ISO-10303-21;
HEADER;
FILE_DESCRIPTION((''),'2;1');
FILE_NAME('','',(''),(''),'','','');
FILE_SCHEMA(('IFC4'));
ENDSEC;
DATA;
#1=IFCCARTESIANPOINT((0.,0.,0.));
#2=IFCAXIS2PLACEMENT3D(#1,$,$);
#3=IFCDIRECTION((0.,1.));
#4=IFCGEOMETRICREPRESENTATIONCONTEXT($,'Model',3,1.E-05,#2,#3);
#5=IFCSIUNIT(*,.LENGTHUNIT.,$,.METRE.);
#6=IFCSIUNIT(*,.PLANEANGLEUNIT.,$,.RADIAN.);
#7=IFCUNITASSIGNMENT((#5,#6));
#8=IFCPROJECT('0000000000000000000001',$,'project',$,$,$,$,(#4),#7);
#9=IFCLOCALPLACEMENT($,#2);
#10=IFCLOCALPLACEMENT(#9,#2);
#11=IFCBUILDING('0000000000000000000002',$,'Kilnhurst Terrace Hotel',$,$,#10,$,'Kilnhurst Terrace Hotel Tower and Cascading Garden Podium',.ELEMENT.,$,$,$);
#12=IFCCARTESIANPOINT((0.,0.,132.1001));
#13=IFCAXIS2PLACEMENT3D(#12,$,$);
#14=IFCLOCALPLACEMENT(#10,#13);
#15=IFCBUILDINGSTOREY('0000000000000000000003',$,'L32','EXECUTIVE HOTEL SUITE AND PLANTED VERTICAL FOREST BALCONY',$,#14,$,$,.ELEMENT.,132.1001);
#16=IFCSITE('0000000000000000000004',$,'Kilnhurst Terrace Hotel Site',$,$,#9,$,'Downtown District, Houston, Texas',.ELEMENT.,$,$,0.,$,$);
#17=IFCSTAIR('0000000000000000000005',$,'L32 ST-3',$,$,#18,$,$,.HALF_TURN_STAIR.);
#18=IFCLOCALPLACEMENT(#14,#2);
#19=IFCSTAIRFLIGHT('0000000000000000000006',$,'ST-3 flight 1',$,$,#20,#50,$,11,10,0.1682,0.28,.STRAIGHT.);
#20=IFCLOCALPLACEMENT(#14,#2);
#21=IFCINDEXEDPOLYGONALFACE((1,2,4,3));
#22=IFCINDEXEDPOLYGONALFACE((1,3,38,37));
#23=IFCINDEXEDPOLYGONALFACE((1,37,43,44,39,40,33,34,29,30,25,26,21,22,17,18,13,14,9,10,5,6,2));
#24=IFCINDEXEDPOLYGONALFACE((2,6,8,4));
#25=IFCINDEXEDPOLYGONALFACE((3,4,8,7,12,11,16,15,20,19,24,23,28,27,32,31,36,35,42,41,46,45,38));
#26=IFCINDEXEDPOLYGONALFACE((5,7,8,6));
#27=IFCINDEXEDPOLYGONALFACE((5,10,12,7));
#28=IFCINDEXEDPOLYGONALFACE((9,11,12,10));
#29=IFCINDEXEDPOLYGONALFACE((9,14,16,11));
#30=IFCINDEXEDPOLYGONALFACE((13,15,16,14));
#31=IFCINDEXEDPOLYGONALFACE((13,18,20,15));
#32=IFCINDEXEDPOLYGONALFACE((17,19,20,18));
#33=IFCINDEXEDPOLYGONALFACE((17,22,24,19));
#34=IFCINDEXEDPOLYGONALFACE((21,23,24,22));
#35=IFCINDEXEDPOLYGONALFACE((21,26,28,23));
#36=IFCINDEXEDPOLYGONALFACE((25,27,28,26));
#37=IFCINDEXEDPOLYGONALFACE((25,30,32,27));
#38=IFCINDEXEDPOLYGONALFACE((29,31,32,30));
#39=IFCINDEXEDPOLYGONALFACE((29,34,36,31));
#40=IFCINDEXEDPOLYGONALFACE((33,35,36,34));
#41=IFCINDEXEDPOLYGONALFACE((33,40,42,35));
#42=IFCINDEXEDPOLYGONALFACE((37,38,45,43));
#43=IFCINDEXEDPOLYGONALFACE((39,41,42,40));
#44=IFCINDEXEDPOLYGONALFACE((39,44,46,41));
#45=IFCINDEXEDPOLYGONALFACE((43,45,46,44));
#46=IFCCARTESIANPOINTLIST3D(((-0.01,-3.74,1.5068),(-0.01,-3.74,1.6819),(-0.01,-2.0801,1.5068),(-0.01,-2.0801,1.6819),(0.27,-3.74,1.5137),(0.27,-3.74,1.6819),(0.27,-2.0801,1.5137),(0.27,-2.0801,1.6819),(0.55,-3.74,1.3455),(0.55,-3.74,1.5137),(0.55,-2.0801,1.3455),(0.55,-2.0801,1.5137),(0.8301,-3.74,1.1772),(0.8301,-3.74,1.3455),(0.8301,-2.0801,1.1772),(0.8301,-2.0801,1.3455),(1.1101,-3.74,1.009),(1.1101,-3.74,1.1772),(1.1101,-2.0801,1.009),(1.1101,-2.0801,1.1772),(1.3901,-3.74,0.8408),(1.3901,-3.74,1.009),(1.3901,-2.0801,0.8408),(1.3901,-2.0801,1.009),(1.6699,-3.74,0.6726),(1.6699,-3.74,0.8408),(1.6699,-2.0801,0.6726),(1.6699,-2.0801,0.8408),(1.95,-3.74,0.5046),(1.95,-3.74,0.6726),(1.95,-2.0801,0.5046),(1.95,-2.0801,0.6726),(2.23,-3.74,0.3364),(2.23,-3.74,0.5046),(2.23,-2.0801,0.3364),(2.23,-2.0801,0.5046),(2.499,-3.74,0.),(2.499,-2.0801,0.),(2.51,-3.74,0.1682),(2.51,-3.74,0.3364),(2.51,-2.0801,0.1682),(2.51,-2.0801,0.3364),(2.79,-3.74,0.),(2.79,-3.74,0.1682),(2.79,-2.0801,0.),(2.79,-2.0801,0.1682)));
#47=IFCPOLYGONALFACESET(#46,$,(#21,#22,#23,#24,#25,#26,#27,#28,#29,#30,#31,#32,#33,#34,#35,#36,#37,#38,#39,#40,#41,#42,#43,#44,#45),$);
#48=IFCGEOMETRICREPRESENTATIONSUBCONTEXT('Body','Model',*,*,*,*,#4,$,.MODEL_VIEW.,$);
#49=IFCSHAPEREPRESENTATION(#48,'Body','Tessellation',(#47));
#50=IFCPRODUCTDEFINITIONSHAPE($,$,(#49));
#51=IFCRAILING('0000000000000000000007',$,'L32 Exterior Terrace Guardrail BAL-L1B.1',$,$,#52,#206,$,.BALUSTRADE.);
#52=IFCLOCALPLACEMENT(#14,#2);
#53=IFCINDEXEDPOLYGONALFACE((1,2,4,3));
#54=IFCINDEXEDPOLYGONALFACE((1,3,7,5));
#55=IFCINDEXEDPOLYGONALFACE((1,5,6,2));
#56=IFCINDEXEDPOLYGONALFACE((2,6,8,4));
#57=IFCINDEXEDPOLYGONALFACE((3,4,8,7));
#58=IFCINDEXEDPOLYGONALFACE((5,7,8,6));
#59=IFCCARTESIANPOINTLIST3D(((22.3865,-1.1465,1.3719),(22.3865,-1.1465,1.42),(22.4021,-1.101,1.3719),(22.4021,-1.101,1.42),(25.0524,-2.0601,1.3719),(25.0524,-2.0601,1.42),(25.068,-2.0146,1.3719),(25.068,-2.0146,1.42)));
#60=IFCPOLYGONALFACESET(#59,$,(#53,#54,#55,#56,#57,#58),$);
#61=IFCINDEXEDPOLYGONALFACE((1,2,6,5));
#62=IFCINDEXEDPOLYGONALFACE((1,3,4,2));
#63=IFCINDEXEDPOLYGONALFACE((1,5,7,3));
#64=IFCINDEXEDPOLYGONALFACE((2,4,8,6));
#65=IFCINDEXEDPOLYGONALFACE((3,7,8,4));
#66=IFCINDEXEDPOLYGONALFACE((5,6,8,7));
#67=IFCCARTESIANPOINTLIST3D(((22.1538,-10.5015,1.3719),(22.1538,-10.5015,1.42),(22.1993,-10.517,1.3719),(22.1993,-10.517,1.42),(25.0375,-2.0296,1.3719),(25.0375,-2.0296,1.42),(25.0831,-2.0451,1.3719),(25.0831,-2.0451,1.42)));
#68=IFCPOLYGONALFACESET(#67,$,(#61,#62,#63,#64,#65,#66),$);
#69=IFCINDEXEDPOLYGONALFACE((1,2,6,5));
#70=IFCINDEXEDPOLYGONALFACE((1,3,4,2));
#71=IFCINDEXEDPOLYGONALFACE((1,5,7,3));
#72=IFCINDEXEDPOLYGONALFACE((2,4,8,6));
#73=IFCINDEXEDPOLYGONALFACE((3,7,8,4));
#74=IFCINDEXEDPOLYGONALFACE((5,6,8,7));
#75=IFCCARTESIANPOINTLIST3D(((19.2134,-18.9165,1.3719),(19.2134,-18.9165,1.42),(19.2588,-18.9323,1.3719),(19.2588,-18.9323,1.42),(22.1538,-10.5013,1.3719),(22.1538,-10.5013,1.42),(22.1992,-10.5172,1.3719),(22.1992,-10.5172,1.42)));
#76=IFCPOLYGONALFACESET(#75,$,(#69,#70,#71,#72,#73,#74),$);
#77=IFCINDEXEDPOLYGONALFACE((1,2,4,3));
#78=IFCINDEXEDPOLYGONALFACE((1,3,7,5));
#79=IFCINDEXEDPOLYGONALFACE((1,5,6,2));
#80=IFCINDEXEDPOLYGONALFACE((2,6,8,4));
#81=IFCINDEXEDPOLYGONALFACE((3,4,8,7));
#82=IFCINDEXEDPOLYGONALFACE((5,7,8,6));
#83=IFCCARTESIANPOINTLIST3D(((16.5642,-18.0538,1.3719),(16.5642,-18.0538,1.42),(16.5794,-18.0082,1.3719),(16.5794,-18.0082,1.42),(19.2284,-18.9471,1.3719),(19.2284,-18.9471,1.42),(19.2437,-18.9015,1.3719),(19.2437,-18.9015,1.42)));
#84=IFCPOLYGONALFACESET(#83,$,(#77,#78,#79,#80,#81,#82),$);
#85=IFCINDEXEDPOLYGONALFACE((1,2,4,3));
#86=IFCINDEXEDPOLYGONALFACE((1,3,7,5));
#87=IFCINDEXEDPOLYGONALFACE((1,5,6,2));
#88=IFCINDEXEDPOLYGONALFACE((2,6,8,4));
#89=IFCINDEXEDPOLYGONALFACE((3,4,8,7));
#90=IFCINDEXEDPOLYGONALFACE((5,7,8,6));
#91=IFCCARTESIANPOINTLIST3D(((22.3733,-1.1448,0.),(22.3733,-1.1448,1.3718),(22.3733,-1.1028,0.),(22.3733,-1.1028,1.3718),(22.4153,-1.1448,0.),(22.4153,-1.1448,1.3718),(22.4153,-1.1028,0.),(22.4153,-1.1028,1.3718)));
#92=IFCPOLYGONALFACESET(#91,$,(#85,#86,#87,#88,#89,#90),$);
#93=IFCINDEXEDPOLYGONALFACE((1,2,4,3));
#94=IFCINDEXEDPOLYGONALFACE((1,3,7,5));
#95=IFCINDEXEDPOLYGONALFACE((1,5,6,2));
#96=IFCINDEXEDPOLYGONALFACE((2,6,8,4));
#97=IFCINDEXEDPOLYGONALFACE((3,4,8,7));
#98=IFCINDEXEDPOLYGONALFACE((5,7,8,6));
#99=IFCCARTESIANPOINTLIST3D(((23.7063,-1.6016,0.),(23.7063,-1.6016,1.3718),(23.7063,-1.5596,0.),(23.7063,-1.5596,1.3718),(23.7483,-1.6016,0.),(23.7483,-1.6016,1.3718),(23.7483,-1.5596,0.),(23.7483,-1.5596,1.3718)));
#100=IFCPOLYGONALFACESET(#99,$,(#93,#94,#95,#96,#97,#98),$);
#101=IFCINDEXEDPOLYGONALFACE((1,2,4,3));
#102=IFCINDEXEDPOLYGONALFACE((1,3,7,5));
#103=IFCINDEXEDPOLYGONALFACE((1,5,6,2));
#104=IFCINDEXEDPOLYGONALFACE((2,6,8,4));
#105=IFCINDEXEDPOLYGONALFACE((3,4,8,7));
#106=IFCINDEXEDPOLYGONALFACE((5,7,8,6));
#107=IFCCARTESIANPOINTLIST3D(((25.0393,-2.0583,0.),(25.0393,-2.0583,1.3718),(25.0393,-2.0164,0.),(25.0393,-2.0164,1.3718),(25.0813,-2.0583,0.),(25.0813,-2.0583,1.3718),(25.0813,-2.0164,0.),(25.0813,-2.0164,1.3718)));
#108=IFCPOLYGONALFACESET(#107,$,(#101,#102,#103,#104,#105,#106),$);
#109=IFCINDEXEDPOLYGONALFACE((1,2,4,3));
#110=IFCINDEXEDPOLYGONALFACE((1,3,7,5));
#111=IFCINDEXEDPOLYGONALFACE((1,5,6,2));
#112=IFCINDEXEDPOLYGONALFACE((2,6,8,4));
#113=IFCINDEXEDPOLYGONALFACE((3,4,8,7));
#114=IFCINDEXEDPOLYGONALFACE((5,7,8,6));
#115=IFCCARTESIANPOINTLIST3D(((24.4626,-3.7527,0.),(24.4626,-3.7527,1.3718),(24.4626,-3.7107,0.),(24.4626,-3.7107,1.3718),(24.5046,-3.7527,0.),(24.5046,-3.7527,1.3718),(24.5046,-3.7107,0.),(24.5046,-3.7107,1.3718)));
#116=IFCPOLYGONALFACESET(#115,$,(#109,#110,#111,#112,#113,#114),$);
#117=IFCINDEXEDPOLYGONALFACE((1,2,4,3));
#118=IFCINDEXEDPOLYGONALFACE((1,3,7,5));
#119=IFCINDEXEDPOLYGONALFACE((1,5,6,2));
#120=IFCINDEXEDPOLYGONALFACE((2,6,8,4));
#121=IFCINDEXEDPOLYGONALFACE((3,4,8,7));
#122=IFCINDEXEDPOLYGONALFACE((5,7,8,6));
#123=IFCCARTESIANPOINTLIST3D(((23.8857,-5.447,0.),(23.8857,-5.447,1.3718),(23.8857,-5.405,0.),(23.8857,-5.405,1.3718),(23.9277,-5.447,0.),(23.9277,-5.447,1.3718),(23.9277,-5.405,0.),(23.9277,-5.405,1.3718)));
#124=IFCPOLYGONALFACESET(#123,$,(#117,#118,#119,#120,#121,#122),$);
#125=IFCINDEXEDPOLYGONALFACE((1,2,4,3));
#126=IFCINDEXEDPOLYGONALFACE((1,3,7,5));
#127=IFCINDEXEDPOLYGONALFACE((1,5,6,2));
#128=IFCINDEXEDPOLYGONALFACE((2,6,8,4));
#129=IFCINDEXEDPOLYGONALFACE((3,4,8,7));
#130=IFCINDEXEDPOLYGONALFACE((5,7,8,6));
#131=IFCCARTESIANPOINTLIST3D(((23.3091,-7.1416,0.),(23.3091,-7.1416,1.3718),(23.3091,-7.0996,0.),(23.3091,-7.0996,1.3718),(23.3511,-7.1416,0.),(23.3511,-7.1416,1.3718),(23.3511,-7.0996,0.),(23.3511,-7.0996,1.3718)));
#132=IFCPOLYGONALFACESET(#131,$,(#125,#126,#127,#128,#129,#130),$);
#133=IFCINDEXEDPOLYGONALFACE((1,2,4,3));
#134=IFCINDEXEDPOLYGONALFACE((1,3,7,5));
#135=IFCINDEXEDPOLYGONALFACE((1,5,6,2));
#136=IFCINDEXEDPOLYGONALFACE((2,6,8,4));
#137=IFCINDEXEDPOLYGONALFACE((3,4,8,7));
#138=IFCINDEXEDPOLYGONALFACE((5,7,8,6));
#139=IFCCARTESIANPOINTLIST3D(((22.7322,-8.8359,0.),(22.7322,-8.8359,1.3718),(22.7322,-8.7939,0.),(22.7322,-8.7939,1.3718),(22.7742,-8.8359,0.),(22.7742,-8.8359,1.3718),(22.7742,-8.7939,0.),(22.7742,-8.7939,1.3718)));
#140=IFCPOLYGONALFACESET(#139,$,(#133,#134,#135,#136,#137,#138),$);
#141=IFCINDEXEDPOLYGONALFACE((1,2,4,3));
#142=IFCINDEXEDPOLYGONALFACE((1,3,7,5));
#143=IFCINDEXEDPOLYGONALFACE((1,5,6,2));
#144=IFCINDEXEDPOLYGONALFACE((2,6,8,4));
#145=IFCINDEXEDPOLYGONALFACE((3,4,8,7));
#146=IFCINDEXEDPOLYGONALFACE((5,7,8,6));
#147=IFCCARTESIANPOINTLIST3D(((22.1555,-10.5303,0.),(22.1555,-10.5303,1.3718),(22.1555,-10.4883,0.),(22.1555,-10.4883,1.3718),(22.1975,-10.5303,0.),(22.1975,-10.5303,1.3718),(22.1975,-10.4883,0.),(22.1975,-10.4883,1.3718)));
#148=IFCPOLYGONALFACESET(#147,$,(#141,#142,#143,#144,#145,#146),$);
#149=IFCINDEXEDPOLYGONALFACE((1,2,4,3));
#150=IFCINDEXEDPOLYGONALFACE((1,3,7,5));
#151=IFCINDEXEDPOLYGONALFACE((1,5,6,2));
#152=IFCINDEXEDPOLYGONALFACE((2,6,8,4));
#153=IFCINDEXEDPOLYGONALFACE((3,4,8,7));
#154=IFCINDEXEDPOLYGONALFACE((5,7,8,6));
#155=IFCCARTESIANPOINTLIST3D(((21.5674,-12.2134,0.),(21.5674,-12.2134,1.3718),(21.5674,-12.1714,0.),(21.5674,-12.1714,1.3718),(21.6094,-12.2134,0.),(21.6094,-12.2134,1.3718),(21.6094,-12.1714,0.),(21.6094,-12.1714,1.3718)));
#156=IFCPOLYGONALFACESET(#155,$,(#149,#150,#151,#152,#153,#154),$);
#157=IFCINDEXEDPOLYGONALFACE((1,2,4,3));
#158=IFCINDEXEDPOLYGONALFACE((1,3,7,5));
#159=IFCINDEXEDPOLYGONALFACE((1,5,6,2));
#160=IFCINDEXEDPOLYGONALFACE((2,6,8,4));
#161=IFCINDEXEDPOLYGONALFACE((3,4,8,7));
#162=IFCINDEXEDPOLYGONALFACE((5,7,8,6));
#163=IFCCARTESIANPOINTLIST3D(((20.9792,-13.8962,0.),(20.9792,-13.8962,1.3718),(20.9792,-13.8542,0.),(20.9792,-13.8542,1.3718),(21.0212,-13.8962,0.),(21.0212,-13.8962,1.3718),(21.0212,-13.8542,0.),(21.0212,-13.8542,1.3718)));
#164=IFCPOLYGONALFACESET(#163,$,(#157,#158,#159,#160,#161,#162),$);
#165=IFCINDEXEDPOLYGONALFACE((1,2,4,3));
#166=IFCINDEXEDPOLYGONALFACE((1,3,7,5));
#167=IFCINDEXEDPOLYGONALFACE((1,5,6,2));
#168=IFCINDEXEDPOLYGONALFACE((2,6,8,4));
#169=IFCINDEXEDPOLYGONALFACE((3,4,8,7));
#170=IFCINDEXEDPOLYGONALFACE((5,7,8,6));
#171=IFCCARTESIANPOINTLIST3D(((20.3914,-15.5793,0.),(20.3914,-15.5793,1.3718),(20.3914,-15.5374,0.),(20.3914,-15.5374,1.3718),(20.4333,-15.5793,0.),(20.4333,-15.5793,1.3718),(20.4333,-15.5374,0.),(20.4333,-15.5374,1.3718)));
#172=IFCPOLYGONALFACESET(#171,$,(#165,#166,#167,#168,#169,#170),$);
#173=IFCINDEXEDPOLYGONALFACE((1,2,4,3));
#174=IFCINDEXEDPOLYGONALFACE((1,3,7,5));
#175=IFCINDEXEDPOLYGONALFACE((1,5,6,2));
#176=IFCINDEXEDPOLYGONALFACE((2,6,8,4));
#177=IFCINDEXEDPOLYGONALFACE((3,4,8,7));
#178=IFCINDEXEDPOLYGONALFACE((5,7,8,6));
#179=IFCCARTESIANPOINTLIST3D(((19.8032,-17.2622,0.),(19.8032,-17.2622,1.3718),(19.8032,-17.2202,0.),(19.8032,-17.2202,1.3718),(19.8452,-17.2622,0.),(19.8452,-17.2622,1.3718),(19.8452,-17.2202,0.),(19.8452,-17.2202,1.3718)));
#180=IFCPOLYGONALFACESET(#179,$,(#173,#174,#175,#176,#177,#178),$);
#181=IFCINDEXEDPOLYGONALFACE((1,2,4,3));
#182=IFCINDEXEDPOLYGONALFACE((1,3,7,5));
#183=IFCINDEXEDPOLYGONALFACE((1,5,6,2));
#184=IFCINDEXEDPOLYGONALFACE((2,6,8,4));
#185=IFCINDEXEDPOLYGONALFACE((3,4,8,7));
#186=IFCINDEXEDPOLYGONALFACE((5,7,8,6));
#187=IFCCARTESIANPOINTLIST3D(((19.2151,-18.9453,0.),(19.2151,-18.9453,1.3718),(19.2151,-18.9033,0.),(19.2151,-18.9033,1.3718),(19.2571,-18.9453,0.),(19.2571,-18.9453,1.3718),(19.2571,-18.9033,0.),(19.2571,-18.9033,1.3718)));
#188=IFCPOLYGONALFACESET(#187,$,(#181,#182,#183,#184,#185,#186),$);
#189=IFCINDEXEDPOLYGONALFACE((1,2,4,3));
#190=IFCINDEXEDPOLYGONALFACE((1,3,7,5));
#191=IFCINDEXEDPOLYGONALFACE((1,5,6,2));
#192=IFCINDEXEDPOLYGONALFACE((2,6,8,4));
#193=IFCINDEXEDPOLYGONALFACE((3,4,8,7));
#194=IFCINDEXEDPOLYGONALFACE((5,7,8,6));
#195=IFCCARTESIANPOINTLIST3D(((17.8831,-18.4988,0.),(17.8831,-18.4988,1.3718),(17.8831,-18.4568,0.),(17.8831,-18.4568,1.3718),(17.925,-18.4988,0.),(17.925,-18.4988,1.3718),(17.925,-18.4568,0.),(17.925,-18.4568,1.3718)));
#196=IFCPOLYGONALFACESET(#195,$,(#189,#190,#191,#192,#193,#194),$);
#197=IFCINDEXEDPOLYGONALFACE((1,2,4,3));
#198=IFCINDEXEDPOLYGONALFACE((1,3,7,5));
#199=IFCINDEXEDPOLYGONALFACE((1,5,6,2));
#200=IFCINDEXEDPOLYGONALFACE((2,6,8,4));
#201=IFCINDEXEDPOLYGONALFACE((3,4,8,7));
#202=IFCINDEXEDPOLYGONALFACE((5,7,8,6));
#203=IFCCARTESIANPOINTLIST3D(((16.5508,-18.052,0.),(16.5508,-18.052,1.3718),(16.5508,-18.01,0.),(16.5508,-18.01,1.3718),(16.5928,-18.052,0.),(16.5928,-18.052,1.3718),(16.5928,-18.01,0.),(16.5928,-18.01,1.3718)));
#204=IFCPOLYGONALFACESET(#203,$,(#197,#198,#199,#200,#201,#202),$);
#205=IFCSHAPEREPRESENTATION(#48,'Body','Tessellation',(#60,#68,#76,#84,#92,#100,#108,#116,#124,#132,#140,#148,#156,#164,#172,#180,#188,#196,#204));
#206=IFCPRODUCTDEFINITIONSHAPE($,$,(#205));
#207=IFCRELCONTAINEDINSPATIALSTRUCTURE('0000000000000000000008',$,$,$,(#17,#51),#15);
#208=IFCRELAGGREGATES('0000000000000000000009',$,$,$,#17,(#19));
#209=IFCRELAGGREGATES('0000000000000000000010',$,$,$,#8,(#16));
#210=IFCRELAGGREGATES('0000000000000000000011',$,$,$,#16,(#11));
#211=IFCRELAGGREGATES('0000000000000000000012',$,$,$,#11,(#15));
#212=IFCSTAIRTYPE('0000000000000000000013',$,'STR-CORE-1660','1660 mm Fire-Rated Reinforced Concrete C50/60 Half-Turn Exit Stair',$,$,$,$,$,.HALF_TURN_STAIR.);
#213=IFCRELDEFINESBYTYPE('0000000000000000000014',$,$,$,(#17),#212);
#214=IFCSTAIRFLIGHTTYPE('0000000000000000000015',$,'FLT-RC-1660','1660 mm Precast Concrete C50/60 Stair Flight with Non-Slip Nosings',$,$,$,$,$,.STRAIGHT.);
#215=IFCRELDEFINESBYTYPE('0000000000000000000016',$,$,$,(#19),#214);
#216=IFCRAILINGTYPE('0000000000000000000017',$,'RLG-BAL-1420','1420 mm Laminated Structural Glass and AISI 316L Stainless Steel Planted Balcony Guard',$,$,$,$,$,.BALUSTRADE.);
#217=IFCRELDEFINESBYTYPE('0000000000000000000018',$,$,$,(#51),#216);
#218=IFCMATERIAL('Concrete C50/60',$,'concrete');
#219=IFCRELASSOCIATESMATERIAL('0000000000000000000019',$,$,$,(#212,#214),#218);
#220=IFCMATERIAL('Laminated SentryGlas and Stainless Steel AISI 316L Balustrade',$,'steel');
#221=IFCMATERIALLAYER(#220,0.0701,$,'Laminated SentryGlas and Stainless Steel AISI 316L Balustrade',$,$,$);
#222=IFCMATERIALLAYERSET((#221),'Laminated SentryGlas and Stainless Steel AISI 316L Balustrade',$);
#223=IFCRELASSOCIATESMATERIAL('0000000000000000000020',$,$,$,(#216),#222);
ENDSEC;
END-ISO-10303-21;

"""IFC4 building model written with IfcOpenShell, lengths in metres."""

from ifc_helpers import new_model, si_unit, direction, frame, origin, origin_2d, place, context, subcontext, project, spatial, polyline, rectangle, outline, extrude, material, layer, layer_set, type_object, element, aggregate, save


model = new_model("IFC4")

# Units and contexts
model_context = context("Model", 3, precision=1e-05, world=origin(), true_north=direction((0.0, 1.0)))
body_context = subcontext(model_context, "Body", "Model", "MODEL_VIEW")
ifc_project = project(units=[si_unit("LENGTHUNIT", "METRE"), si_unit("PLANEANGLEUNIT", "RADIAN")], contexts=[model_context])

# Site, building, storey
site_placement = place(None, origin())
site = spatial("IfcSite", under=ifc_project, at=site_placement, Name="Kilnhurst Terrace Hotel Site", LongName="Downtown District, Houston, Texas", CompositionType="ELEMENT", RefElevation=0.0)
building_placement = place(site_placement, origin())
building = spatial("IfcBuilding", under=site, at=building_placement, Name="Kilnhurst Terrace Hotel", LongName="Kilnhurst Terrace Hotel Tower and Cascading Garden Podium", CompositionType="ELEMENT")
storey_placement = place(building_placement, frame((0.0, 0.0, 132.1001)))
storey = spatial("IfcBuildingStorey", under=building, at=storey_placement, Name="L32", Description="EXECUTIVE HOTEL SUITE AND PLANTED VERTICAL FOREST BALCONY", CompositionType="ELEMENT", Elevation=132.1001)

# Shared definitions
ifc_material_1 = material(Name="Concrete C50/60", Category="concrete")

# Stair, stair flight
stair_type = type_object("IfcStairType", Name="STR-CORE-1660", Description="1660 mm Fire-Rated Reinforced Concrete C50/60 Half-Turn Exit Stair", PredefinedType="HALF_TURN_STAIR", material=ifc_material_1)
stair_flight_type = type_object("IfcStairFlightType", Name="FLT-RC-1660", Description="1660 mm Precast Concrete C50/60 Stair Flight with Non-Slip Nosings", PredefinedType="STRAIGHT", material=ifc_material_1)
stair_1_placement = place(storey_placement, origin())
stair_1 = element("IfcStair", 1, at=stair_1_placement, inside=storey, type_object=stair_type, Name="L32 ST-3", PredefinedType="HALF_TURN_STAIR")
stair_flight_1_placement = place(storey_placement, frame((2.79, -2.9099, 0.0), z_axis=(0.0, 0.0, 1.0), x_axis=(-1.0, 0.0, 0.0)))
stair_flight_1 = element("IfcStairFlight", 2, at=stair_flight_1_placement, type_object=stair_flight_type, Name="ST-3 flight 1", NumberOfRisers=11, NumberOfTreads=10, PredefinedType="STRAIGHT", RiserHeight=0.1682, TreadLength=0.28, context=body_context, shape_type="SweptSolid", body=[
    extrude(outline(polyline([(0.0, 0.0), (0.0, 0.1682), (0.28, 0.1682), (0.28, 0.3364), (0.5601, 0.3364), (0.5601, 0.5046), (0.8401, 0.5046), (0.8401, 0.6726), (1.1201, 0.6726), (1.1201, 0.8408), (1.3999, 0.8408), (1.3999, 1.009), (1.6799, 1.009), (1.6799, 1.1772), (1.96, 1.1772), (1.96, 1.3455), (2.24, 1.3455), (2.24, 1.5137), (2.52, 1.5137), (2.52, 1.6819), (2.8, 1.6819), (2.8, 1.8501), (2.8, 1.5068), (0.291, 0.0), (0.0, 0.0)])), frame((0.0, 0.8301, 0.0), z_axis=(0.0, -1.0, 0.0), x_axis=(1.0, 0.0, 0.0)), (0.0, 0.0, 1.0), 1.6599),
])
aggregate(stair_1, [stair_flight_1])

# Railing
ifc_material_2 = material(Name="Laminated SentryGlas and Stainless Steel AISI 316L Balustrade", Category="steel")
ifc_layer_1 = layer(ifc_material_2, 0.0701, Name="Laminated SentryGlas and Stainless Steel AISI 316L Balustrade")
ifc_layer_set_1 = layer_set([ifc_layer_1], Name="Laminated SentryGlas and Stainless Steel AISI 316L Balustrade")
railing_type_1 = type_object("IfcRailingType", Name="RLG-BAL-1420", Description="1420 mm Laminated Structural Glass and AISI 316L Stainless Steel Planted Balcony Guard", PredefinedType="BALUSTRADE", material=ifc_layer_set_1)
railing_1_placement = place(storey_placement, frame((22.3943, -1.1238, 0.0)))
element("IfcRailing", 3, at=railing_1_placement, inside=storey, type_object=railing_type_1, Name="L32 Exterior Terrace Guardrail BAL-L1B.1", PredefinedType="BALUSTRADE", context=body_context, shape_type="SweptSolid", body=[
    extrude(rectangle(XDim=0.0481, YDim=0.0481, at=origin_2d()), frame((0.0, 0.0, 1.396), z_axis=(0.945999, -0.324169, 0.0), x_axis=(0.324169, 0.945999, 0.0)), (0.0, 0.0, 1.0), 2.8181),
    extrude(rectangle(XDim=0.0481, YDim=0.0481, at=origin_2d()), frame((2.666, -0.9136, 1.396), z_axis=(-0.322237, -0.946659, 0.0), x_axis=(0.946659, -0.322237, 0.0)), (0.0, 0.0, 1.0), 8.9492),
    extrude(rectangle(XDim=0.0481, YDim=0.0481, at=origin_2d()), frame((-0.2178, -9.3855, 1.396), z_axis=(-0.329867, -0.944027, 0.0), x_axis=(0.944027, -0.329867, 0.0)), (0.0, 0.0, 1.0), 8.9141),
    extrude(rectangle(XDim=0.0481, YDim=0.0481, at=origin_2d()), frame((-3.1582, -17.8005, 1.396), z_axis=(-0.948126, 0.317895, 0.0), x_axis=(-0.317895, -0.948126, 0.0)), (0.0, 0.0, 1.0), 2.8101),
    extrude(rectangle(XDim=0.042, YDim=0.042, at=origin_2d()), origin(), (0.0, 0.0, 1.0), 1.3718),
    extrude(rectangle(XDim=0.042, YDim=0.042, at=origin_2d()), frame((1.333, -0.4568, 0.0)), (0.0, 0.0, 1.0), 1.3718),
    extrude(rectangle(XDim=0.042, YDim=0.042, at=origin_2d()), frame((2.666, -0.9136, 0.0)), (0.0, 0.0, 1.0), 1.3718),
    extrude(rectangle(XDim=0.042, YDim=0.042, at=origin_2d()), frame((2.0894, -2.6079, 0.0)), (0.0, 0.0, 1.0), 1.3718),
    extrude(rectangle(XDim=0.042, YDim=0.042, at=origin_2d()), frame((1.5125, -4.3022, 0.0)), (0.0, 0.0, 1.0), 1.3718),
    extrude(rectangle(XDim=0.042, YDim=0.042, at=origin_2d()), frame((0.9358, -5.9968, 0.0)), (0.0, 0.0, 1.0), 1.3718),
    extrude(rectangle(XDim=0.042, YDim=0.042, at=origin_2d()), frame((0.3589, -7.6912, 0.0)), (0.0, 0.0, 1.0), 1.3718),
    extrude(rectangle(XDim=0.042, YDim=0.042, at=origin_2d()), frame((-0.2178, -9.3855, 0.0)), (0.0, 0.0, 1.0), 1.3718),
    extrude(rectangle(XDim=0.042, YDim=0.042, at=origin_2d()), frame((-0.8059, -11.0686, 0.0)), (0.0, 0.0, 1.0), 1.3718),
    extrude(rectangle(XDim=0.042, YDim=0.042, at=origin_2d()), frame((-1.394, -12.7515, 0.0)), (0.0, 0.0, 1.0), 1.3718),
    extrude(rectangle(XDim=0.042, YDim=0.042, at=origin_2d()), frame((-1.9819, -14.4346, 0.0)), (0.0, 0.0, 1.0), 1.3718),
    extrude(rectangle(XDim=0.042, YDim=0.042, at=origin_2d()), frame((-2.5701, -16.1174, 0.0)), (0.0, 0.0, 1.0), 1.3718),
    extrude(rectangle(XDim=0.042, YDim=0.042, at=origin_2d()), frame((-3.1582, -17.8005, 0.0)), (0.0, 0.0, 1.0), 1.3718),
    extrude(rectangle(XDim=0.042, YDim=0.042, at=origin_2d()), frame((-4.4902, -17.354, 0.0)), (0.0, 0.0, 1.0), 1.3718),
    extrude(rectangle(XDim=0.042, YDim=0.042, at=origin_2d()), frame((-5.8225, -16.9072, 0.0)), (0.0, 0.0, 1.0), 1.3718),
])

save(model, "model.ifc")
